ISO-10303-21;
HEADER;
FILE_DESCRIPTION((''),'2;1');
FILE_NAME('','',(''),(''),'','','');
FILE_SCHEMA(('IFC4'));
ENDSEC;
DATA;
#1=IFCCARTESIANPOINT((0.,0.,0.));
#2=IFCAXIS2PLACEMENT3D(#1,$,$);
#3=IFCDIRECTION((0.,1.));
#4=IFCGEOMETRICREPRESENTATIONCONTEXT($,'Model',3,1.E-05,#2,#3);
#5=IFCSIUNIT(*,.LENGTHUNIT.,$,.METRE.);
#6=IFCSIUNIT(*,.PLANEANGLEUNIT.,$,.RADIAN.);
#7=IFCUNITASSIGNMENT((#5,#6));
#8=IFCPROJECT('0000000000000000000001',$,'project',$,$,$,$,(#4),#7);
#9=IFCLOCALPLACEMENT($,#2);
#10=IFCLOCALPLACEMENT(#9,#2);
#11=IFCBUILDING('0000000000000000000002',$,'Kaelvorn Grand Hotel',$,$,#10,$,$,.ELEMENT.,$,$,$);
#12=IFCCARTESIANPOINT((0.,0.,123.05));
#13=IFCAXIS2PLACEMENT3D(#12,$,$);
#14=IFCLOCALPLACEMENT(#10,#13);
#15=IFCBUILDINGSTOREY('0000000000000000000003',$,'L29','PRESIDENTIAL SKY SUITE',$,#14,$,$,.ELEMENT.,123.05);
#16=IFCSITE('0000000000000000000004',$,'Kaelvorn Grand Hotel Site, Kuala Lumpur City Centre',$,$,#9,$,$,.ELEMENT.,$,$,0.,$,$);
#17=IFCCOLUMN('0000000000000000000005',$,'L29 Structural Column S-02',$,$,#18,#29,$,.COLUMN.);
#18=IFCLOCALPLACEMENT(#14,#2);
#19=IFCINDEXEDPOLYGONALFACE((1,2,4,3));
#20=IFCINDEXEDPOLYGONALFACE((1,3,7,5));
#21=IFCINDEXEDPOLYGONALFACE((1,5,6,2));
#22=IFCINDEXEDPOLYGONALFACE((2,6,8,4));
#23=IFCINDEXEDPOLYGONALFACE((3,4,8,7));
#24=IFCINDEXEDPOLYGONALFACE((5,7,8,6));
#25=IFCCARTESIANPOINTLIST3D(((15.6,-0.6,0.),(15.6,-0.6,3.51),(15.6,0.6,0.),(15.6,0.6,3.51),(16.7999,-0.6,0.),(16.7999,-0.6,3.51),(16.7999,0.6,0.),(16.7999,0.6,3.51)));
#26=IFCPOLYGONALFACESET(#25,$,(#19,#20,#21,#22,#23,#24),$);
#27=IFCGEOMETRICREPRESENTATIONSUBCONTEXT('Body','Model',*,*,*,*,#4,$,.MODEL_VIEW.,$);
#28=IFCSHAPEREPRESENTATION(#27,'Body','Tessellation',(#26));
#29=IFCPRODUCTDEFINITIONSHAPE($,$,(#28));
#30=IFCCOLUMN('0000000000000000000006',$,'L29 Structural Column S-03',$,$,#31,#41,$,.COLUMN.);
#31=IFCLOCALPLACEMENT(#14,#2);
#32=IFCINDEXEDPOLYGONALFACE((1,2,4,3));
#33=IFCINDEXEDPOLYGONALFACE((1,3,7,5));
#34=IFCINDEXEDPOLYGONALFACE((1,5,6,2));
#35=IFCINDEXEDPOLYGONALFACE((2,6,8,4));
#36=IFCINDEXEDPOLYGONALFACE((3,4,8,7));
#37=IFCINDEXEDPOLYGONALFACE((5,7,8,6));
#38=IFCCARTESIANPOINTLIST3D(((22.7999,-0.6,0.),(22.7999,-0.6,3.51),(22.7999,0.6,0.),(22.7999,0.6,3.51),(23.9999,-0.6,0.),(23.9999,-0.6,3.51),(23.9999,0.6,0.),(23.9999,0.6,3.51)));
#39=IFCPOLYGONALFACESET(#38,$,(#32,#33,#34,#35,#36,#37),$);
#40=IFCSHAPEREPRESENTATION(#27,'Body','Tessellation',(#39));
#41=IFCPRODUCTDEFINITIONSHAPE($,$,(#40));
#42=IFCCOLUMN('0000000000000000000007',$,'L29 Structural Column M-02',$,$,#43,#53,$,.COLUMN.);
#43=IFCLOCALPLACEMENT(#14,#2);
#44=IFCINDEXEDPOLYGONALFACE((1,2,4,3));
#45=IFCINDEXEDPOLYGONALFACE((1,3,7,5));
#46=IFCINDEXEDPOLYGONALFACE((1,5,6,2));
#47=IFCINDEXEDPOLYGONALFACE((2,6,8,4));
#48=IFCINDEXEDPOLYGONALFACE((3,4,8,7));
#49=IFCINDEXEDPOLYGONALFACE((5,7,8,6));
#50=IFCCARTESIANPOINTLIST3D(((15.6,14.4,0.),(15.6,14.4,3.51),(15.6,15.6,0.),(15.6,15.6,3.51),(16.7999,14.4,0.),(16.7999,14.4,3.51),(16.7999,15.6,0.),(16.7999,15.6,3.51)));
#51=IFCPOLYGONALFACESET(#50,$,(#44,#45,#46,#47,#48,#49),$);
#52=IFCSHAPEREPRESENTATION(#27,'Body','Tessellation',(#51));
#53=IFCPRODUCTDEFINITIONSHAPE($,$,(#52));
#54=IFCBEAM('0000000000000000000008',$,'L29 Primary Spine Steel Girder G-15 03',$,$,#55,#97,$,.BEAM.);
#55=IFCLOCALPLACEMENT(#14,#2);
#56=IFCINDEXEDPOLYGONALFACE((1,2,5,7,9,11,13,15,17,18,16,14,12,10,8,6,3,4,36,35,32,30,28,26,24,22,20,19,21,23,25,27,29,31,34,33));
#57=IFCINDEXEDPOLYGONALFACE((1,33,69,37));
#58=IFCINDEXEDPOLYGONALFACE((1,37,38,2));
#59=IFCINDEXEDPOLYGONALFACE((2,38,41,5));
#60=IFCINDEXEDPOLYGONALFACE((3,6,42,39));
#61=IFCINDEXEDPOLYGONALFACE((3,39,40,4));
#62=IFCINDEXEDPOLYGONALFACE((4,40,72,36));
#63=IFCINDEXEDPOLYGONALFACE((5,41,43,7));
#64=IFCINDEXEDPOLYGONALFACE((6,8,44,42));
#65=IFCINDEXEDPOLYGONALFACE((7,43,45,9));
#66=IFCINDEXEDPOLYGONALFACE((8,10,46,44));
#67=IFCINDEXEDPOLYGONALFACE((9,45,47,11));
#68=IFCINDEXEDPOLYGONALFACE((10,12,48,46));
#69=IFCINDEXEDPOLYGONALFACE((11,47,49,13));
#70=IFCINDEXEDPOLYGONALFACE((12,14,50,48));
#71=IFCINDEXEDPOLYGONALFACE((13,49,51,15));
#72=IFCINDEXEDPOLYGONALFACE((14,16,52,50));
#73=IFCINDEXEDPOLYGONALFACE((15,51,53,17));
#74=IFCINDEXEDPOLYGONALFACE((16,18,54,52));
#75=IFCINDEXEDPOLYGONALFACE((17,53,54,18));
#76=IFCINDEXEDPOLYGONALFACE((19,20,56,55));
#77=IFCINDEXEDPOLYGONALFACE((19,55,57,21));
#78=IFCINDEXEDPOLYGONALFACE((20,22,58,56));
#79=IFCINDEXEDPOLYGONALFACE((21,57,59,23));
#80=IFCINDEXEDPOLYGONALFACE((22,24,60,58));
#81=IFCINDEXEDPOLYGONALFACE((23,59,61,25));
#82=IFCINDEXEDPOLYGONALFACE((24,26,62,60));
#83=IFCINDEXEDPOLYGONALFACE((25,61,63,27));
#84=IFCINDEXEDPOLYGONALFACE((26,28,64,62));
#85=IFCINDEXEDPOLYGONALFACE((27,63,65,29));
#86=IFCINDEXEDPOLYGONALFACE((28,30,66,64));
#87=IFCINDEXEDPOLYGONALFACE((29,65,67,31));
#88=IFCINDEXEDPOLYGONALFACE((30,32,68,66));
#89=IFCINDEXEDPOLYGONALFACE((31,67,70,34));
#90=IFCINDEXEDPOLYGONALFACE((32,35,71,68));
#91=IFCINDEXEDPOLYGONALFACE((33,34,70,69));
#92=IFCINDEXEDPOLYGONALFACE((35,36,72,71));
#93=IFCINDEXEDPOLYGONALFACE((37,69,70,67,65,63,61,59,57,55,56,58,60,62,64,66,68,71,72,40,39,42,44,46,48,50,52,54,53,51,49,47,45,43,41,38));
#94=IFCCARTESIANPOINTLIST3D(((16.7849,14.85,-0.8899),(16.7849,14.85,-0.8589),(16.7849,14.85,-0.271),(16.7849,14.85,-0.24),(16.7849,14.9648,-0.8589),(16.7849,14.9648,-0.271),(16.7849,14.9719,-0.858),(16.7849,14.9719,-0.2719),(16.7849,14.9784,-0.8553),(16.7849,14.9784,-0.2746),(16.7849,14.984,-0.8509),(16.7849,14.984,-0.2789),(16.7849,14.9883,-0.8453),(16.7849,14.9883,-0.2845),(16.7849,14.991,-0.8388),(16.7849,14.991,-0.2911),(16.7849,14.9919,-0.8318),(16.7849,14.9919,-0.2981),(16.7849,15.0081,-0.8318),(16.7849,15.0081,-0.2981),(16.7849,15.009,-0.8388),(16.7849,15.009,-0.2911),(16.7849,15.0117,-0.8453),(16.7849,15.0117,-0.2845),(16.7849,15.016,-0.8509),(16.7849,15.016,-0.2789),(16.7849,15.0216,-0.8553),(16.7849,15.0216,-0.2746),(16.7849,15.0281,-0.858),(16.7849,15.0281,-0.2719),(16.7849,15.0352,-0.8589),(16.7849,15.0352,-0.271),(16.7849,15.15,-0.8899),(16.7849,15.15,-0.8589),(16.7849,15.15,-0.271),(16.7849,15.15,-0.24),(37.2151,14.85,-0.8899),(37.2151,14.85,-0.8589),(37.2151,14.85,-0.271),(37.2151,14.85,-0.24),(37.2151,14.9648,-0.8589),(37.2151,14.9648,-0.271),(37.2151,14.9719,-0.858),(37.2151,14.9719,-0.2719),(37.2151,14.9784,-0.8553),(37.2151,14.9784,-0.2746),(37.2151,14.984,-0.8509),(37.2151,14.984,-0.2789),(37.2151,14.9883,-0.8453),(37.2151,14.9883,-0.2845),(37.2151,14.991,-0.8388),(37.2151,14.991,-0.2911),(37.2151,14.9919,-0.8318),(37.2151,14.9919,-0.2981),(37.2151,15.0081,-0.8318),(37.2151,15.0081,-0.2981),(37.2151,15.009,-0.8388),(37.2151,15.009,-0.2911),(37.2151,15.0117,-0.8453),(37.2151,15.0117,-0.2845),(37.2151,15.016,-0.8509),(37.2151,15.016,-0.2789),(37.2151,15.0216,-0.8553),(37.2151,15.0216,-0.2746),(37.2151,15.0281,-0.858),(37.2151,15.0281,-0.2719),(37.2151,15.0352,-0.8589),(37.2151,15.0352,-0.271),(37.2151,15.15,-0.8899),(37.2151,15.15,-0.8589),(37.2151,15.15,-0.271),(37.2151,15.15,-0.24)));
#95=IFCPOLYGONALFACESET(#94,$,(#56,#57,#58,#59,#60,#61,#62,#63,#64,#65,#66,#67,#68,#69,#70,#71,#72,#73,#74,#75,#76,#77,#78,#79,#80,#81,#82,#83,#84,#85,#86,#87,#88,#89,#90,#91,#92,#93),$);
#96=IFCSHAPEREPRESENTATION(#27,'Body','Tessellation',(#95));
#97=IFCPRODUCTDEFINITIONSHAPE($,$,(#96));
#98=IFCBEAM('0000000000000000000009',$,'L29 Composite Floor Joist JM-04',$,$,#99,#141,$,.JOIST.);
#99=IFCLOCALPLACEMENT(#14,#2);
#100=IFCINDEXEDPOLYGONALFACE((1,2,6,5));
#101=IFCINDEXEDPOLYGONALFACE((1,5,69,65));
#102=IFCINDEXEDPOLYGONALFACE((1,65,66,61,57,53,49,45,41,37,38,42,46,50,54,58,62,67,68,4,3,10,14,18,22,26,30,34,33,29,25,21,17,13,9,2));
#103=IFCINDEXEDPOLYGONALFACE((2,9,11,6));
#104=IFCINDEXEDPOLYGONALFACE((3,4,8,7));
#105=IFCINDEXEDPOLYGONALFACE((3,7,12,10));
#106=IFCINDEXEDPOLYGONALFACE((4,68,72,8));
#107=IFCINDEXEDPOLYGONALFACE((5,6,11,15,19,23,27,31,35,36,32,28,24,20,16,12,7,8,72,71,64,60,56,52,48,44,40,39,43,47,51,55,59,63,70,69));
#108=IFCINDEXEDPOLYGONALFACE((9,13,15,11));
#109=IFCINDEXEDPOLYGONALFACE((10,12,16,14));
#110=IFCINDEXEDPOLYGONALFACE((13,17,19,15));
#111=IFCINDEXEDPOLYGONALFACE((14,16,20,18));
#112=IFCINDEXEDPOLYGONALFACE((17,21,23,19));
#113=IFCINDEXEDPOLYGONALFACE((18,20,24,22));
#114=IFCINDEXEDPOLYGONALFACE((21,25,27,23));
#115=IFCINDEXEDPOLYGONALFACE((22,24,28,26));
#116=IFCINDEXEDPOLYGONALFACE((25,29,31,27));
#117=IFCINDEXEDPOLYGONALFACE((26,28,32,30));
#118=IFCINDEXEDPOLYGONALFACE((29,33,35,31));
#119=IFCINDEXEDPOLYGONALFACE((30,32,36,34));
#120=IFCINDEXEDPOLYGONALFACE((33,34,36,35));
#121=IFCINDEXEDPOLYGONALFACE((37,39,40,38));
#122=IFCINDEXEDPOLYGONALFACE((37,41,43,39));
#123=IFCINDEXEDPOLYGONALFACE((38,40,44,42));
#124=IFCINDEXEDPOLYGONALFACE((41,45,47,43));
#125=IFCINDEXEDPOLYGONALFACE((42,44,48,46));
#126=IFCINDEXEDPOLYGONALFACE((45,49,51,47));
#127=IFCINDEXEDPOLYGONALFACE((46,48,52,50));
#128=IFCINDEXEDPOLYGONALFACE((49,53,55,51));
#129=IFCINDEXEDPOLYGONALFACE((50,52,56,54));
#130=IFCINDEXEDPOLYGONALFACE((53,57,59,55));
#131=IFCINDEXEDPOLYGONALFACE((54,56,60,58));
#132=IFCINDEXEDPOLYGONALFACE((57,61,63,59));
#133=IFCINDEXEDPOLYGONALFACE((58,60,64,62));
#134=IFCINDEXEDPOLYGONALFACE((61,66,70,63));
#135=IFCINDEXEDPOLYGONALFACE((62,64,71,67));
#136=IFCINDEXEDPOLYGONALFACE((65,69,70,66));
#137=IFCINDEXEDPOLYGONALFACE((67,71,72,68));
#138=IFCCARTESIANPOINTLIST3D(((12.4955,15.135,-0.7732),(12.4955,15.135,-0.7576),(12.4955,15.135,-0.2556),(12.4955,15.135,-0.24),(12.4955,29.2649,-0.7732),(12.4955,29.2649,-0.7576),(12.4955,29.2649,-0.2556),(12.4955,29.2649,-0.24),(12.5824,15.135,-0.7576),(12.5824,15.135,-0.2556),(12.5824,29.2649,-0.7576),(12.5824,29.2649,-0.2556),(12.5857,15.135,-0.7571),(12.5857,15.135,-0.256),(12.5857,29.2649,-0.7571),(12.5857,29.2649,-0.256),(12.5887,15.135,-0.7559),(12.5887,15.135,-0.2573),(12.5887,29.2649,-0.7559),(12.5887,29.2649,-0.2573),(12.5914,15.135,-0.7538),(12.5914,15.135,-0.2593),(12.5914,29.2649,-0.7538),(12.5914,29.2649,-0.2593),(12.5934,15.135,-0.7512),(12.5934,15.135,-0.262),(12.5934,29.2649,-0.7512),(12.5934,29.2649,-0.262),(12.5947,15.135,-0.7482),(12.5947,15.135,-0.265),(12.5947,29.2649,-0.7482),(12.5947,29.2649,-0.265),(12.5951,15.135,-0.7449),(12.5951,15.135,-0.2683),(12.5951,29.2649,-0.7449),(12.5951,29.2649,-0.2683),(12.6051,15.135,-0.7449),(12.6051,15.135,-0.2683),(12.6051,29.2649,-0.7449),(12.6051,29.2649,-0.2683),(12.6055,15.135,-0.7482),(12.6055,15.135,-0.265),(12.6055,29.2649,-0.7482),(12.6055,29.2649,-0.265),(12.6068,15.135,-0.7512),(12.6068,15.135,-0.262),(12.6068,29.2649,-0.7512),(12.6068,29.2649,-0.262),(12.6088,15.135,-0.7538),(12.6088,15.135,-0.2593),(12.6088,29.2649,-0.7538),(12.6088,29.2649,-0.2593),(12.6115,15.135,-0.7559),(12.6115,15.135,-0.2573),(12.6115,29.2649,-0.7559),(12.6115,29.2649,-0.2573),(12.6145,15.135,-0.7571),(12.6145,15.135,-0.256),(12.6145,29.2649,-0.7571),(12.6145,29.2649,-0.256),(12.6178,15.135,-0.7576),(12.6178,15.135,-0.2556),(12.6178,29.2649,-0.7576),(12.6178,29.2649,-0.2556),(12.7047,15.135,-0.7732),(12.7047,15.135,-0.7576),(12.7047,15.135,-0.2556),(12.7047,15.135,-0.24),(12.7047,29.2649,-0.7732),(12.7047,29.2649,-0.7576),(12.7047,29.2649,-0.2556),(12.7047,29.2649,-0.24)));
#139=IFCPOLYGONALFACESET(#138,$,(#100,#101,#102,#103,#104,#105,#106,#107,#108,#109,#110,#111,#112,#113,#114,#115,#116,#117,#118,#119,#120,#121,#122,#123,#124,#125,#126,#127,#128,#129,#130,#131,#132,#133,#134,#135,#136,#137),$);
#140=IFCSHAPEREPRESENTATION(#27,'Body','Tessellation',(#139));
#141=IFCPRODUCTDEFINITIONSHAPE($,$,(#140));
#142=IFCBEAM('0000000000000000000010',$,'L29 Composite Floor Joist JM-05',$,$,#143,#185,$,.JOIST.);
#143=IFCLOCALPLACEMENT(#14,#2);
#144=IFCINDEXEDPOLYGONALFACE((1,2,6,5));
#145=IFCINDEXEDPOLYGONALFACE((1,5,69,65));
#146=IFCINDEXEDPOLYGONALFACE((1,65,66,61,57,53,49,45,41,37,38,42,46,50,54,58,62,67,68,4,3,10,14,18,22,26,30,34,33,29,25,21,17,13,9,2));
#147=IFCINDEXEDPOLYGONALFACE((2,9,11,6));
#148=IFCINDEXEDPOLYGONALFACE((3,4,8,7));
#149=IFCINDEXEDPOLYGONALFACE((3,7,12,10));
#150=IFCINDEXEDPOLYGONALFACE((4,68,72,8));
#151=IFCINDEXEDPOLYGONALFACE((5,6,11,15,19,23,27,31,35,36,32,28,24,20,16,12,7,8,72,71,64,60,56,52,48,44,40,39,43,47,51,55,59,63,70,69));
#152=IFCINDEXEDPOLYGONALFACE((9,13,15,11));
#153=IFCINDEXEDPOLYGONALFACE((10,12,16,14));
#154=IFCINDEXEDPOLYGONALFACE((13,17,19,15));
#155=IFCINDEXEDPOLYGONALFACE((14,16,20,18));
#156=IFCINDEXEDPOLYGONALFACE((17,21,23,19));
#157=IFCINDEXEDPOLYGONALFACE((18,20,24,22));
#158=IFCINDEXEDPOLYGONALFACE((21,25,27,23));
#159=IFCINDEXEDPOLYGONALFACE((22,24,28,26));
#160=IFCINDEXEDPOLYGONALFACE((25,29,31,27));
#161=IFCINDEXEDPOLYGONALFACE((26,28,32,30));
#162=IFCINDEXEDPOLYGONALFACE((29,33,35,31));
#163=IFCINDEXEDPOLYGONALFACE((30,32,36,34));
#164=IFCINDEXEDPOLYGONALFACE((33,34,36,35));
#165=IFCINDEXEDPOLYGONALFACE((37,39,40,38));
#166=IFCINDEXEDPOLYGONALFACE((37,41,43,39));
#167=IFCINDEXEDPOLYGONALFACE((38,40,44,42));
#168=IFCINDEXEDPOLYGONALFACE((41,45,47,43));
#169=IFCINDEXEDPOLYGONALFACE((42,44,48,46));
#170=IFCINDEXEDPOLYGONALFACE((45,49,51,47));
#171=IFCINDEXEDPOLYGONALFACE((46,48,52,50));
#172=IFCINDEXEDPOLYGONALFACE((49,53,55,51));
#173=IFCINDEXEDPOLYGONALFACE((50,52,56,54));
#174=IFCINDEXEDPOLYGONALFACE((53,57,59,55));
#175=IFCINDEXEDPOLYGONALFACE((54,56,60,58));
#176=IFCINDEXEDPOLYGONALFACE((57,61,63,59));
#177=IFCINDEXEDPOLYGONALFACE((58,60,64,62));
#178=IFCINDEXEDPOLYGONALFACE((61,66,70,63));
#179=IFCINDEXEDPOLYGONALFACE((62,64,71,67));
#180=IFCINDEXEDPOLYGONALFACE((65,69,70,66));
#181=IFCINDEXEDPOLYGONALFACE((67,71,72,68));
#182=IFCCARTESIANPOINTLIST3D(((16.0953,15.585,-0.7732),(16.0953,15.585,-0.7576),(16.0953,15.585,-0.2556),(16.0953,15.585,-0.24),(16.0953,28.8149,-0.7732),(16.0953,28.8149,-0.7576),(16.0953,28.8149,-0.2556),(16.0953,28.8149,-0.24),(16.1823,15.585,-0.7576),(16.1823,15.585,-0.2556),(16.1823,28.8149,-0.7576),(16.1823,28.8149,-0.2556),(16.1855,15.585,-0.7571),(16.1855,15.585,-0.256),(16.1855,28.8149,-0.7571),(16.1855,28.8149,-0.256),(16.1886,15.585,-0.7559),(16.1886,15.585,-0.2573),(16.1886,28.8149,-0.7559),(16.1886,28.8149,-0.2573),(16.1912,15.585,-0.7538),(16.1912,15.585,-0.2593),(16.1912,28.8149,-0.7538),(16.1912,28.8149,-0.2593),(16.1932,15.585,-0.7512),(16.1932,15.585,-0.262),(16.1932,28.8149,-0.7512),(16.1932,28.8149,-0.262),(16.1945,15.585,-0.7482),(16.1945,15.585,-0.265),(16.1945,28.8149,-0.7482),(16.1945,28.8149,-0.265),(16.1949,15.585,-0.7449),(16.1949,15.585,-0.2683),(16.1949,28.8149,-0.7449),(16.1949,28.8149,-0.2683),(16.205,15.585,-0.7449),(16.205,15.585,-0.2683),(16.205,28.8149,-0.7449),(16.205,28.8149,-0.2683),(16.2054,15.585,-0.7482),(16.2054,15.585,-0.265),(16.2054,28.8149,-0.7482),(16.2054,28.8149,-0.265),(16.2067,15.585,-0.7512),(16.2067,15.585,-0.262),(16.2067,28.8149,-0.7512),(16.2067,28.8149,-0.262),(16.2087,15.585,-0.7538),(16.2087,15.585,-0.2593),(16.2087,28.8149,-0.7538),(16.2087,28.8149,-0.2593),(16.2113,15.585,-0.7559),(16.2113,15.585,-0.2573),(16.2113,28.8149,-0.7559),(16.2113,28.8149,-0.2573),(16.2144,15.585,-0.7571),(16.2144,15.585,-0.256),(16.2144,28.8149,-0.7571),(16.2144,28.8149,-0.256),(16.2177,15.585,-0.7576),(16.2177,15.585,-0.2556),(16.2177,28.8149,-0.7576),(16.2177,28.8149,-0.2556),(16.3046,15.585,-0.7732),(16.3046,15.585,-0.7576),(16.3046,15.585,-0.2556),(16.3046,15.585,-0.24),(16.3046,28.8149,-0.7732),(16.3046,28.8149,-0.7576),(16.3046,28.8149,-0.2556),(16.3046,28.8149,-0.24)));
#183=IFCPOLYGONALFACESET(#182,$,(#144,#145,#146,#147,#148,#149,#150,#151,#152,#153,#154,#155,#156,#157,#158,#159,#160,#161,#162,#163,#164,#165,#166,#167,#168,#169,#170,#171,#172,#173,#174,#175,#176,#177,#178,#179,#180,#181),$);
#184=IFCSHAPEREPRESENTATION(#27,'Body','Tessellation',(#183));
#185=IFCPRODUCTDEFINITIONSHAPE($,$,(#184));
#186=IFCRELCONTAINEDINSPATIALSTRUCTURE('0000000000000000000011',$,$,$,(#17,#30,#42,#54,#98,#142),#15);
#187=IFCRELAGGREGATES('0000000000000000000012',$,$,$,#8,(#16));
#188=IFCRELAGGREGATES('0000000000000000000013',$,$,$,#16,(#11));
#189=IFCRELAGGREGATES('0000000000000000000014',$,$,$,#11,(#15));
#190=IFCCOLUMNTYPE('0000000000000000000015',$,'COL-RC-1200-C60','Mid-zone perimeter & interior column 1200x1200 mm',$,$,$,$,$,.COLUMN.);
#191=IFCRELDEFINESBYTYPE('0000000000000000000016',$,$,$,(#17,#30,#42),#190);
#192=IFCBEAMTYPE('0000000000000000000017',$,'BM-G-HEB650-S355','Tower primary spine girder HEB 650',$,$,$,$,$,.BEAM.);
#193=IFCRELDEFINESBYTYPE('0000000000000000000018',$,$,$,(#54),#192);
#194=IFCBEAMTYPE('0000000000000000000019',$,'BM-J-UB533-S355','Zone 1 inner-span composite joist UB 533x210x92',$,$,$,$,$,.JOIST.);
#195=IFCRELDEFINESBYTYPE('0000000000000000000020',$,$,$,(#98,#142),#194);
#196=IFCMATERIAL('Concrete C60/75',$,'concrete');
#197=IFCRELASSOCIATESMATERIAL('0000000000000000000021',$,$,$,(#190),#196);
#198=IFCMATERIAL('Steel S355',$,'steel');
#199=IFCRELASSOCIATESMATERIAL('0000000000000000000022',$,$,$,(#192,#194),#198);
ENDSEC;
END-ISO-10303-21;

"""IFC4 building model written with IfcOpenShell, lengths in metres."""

from ifc_helpers import new_model, si_unit, direction, frame, origin, origin_2d, place, context, subcontext, project, spatial, rectangle, i_section, extrude, material, material_profile, profile_set, type_object, element, save


model = new_model("IFC4")

# Units and contexts
model_context = context("Model", 3, precision=1e-05, world=origin(), true_north=direction((0.0, 1.0)))
body_context = subcontext(model_context, "Body", "Model", "MODEL_VIEW")
ifc_project = project(units=[si_unit("LENGTHUNIT", "METRE"), si_unit("PLANEANGLEUNIT", "RADIAN")], contexts=[model_context])

# Site, building, storey
site_placement = place(None, origin())
site = spatial("IfcSite", under=ifc_project, at=site_placement, Name="Kaelvorn Grand Hotel Site, Kuala Lumpur City Centre", CompositionType="ELEMENT", RefElevation=0.0)
building_placement = place(site_placement, origin())
building = spatial("IfcBuilding", under=site, at=building_placement, Name="Kaelvorn Grand Hotel", CompositionType="ELEMENT")
storey_placement = place(building_placement, frame((0.0, 0.0, 123.05)))
storey = spatial("IfcBuildingStorey", under=building, at=storey_placement, Name="L29", Description="PRESIDENTIAL SKY SUITE", CompositionType="ELEMENT", Elevation=123.05)

# Columns
ifc_material_1 = material(Name="Concrete C60/75", Category="concrete")
ifc_material_profile_1 = material_profile(ifc_material_1, rectangle(XDim=1.2, YDim=1.2, at=origin_2d()), Name="RC COL 1200x1200")
ifc_profile_set_1 = profile_set([ifc_material_profile_1], Name="Concrete C60/75")
column_type = type_object("IfcColumnType", Name="COL-RC-1200-C60", Description="Mid-zone perimeter & interior column 1200x1200 mm", PredefinedType="COLUMN", material=ifc_profile_set_1)
for number, where, z_axis, x_axis, name in (
    (1, (16.2, 0.0, 0.0), (0.0, 0.0, 1.0), (1.0, 0.0, 0.0), "L29 Structural Column S-02"),
    (2, (23.3999, 0.0, 0.0), (0.0, 0.0, 1.0), (1.0, 0.0, 0.0), "L29 Structural Column S-03"),
    (3, (16.2, 15.0, 0.0), (0.0, 0.0, 1.0), (1.0, 0.0, 0.0), "L29 Structural Column M-02"),
):
    element("IfcColumn", number, at=place(storey_placement, frame(where, z_axis=z_axis, x_axis=x_axis)), inside=storey, type_object=column_type, Name=name, PredefinedType="COLUMN", context=body_context, shape_type="SweptSolid", body=[
        extrude(rectangle(XDim=1.2, YDim=1.2, at=origin_2d()), origin(), (0.0, 0.0, 1.0), 3.51),
    ])

# Beams
ifc_material_2 = material(Name="Steel S355", Category="steel")
ifc_material_profile_2 = material_profile(ifc_material_2, i_section(OverallWidth=0.3, OverallDepth=0.6499, WebThickness=0.0161, FlangeThickness=0.031, FilletRadius=0.0271, at=origin_2d()), Name="HEB 650")
ifc_profile_set_2 = profile_set([ifc_material_profile_2], Name="Steel S355")
beam_type_1 = type_object("IfcBeamType", Name="BM-G-HEB650-S355", Description="Tower primary spine girder HEB 650", PredefinedType="BEAM", material=ifc_profile_set_2)
beam_1_placement = place(storey_placement, frame((16.7849, 15.0, -0.5649), z_axis=(1.0, 0.0, 0.0), x_axis=(0.0, 1.0, 0.0)))
element("IfcBeam", 4, at=beam_1_placement, inside=storey, type_object=beam_type_1, Name="L29 Primary Spine Steel Girder G-15 03", PredefinedType="BEAM", context=body_context, shape_type="SweptSolid", body=[
    extrude(i_section(OverallWidth=0.3, OverallDepth=0.6499, WebThickness=0.0161, FlangeThickness=0.031, FilletRadius=0.0271, at=origin_2d()), origin(), (0.0, 0.0, 1.0), 20.4302),
])
ifc_material_profile_3 = material_profile(ifc_material_2, i_section(OverallWidth=0.2092, OverallDepth=0.5332, WebThickness=0.01, FlangeThickness=0.0156, FilletRadius=0.0127, at=origin_2d()), Name="UB 533x210x92")
ifc_profile_set_3 = profile_set([ifc_material_profile_3], Name="Steel S355")
beam_type_2 = type_object("IfcBeamType", Name="BM-J-UB533-S355", Description="Zone 1 inner-span composite joist UB 533x210x92", PredefinedType="JOIST", material=ifc_profile_set_3)
beam_2_placement = place(storey_placement, frame((12.6001, 15.135, -0.5066), z_axis=(0.0, 1.0, 0.0), x_axis=(-1.0, 0.0, 0.0)))
element("IfcBeam", 5, at=beam_2_placement, inside=storey, type_object=beam_type_2, Name="L29 Composite Floor Joist JM-04", PredefinedType="JOIST", context=body_context, shape_type="SweptSolid", body=[
    extrude(i_section(OverallWidth=0.2092, OverallDepth=0.5332, WebThickness=0.01, FlangeThickness=0.0156, FilletRadius=0.0127, at=origin_2d()), origin(), (0.0, 0.0, 1.0), 14.1299),
])
beam_3_placement = place(storey_placement, frame((16.2, 15.585, -0.5066), z_axis=(0.0, 1.0, 0.0), x_axis=(-1.0, 0.0, 0.0)))
element("IfcBeam", 6, at=beam_3_placement, inside=storey, type_object=beam_type_2, Name="L29 Composite Floor Joist JM-05", PredefinedType="JOIST", context=body_context, shape_type="SweptSolid", body=[
    extrude(i_section(OverallWidth=0.2092, OverallDepth=0.5332, WebThickness=0.01, FlangeThickness=0.0156, FilletRadius=0.0127, at=origin_2d()), origin(), (0.0, 0.0, 1.0), 13.23),
])

save(model, "model.ifc")
